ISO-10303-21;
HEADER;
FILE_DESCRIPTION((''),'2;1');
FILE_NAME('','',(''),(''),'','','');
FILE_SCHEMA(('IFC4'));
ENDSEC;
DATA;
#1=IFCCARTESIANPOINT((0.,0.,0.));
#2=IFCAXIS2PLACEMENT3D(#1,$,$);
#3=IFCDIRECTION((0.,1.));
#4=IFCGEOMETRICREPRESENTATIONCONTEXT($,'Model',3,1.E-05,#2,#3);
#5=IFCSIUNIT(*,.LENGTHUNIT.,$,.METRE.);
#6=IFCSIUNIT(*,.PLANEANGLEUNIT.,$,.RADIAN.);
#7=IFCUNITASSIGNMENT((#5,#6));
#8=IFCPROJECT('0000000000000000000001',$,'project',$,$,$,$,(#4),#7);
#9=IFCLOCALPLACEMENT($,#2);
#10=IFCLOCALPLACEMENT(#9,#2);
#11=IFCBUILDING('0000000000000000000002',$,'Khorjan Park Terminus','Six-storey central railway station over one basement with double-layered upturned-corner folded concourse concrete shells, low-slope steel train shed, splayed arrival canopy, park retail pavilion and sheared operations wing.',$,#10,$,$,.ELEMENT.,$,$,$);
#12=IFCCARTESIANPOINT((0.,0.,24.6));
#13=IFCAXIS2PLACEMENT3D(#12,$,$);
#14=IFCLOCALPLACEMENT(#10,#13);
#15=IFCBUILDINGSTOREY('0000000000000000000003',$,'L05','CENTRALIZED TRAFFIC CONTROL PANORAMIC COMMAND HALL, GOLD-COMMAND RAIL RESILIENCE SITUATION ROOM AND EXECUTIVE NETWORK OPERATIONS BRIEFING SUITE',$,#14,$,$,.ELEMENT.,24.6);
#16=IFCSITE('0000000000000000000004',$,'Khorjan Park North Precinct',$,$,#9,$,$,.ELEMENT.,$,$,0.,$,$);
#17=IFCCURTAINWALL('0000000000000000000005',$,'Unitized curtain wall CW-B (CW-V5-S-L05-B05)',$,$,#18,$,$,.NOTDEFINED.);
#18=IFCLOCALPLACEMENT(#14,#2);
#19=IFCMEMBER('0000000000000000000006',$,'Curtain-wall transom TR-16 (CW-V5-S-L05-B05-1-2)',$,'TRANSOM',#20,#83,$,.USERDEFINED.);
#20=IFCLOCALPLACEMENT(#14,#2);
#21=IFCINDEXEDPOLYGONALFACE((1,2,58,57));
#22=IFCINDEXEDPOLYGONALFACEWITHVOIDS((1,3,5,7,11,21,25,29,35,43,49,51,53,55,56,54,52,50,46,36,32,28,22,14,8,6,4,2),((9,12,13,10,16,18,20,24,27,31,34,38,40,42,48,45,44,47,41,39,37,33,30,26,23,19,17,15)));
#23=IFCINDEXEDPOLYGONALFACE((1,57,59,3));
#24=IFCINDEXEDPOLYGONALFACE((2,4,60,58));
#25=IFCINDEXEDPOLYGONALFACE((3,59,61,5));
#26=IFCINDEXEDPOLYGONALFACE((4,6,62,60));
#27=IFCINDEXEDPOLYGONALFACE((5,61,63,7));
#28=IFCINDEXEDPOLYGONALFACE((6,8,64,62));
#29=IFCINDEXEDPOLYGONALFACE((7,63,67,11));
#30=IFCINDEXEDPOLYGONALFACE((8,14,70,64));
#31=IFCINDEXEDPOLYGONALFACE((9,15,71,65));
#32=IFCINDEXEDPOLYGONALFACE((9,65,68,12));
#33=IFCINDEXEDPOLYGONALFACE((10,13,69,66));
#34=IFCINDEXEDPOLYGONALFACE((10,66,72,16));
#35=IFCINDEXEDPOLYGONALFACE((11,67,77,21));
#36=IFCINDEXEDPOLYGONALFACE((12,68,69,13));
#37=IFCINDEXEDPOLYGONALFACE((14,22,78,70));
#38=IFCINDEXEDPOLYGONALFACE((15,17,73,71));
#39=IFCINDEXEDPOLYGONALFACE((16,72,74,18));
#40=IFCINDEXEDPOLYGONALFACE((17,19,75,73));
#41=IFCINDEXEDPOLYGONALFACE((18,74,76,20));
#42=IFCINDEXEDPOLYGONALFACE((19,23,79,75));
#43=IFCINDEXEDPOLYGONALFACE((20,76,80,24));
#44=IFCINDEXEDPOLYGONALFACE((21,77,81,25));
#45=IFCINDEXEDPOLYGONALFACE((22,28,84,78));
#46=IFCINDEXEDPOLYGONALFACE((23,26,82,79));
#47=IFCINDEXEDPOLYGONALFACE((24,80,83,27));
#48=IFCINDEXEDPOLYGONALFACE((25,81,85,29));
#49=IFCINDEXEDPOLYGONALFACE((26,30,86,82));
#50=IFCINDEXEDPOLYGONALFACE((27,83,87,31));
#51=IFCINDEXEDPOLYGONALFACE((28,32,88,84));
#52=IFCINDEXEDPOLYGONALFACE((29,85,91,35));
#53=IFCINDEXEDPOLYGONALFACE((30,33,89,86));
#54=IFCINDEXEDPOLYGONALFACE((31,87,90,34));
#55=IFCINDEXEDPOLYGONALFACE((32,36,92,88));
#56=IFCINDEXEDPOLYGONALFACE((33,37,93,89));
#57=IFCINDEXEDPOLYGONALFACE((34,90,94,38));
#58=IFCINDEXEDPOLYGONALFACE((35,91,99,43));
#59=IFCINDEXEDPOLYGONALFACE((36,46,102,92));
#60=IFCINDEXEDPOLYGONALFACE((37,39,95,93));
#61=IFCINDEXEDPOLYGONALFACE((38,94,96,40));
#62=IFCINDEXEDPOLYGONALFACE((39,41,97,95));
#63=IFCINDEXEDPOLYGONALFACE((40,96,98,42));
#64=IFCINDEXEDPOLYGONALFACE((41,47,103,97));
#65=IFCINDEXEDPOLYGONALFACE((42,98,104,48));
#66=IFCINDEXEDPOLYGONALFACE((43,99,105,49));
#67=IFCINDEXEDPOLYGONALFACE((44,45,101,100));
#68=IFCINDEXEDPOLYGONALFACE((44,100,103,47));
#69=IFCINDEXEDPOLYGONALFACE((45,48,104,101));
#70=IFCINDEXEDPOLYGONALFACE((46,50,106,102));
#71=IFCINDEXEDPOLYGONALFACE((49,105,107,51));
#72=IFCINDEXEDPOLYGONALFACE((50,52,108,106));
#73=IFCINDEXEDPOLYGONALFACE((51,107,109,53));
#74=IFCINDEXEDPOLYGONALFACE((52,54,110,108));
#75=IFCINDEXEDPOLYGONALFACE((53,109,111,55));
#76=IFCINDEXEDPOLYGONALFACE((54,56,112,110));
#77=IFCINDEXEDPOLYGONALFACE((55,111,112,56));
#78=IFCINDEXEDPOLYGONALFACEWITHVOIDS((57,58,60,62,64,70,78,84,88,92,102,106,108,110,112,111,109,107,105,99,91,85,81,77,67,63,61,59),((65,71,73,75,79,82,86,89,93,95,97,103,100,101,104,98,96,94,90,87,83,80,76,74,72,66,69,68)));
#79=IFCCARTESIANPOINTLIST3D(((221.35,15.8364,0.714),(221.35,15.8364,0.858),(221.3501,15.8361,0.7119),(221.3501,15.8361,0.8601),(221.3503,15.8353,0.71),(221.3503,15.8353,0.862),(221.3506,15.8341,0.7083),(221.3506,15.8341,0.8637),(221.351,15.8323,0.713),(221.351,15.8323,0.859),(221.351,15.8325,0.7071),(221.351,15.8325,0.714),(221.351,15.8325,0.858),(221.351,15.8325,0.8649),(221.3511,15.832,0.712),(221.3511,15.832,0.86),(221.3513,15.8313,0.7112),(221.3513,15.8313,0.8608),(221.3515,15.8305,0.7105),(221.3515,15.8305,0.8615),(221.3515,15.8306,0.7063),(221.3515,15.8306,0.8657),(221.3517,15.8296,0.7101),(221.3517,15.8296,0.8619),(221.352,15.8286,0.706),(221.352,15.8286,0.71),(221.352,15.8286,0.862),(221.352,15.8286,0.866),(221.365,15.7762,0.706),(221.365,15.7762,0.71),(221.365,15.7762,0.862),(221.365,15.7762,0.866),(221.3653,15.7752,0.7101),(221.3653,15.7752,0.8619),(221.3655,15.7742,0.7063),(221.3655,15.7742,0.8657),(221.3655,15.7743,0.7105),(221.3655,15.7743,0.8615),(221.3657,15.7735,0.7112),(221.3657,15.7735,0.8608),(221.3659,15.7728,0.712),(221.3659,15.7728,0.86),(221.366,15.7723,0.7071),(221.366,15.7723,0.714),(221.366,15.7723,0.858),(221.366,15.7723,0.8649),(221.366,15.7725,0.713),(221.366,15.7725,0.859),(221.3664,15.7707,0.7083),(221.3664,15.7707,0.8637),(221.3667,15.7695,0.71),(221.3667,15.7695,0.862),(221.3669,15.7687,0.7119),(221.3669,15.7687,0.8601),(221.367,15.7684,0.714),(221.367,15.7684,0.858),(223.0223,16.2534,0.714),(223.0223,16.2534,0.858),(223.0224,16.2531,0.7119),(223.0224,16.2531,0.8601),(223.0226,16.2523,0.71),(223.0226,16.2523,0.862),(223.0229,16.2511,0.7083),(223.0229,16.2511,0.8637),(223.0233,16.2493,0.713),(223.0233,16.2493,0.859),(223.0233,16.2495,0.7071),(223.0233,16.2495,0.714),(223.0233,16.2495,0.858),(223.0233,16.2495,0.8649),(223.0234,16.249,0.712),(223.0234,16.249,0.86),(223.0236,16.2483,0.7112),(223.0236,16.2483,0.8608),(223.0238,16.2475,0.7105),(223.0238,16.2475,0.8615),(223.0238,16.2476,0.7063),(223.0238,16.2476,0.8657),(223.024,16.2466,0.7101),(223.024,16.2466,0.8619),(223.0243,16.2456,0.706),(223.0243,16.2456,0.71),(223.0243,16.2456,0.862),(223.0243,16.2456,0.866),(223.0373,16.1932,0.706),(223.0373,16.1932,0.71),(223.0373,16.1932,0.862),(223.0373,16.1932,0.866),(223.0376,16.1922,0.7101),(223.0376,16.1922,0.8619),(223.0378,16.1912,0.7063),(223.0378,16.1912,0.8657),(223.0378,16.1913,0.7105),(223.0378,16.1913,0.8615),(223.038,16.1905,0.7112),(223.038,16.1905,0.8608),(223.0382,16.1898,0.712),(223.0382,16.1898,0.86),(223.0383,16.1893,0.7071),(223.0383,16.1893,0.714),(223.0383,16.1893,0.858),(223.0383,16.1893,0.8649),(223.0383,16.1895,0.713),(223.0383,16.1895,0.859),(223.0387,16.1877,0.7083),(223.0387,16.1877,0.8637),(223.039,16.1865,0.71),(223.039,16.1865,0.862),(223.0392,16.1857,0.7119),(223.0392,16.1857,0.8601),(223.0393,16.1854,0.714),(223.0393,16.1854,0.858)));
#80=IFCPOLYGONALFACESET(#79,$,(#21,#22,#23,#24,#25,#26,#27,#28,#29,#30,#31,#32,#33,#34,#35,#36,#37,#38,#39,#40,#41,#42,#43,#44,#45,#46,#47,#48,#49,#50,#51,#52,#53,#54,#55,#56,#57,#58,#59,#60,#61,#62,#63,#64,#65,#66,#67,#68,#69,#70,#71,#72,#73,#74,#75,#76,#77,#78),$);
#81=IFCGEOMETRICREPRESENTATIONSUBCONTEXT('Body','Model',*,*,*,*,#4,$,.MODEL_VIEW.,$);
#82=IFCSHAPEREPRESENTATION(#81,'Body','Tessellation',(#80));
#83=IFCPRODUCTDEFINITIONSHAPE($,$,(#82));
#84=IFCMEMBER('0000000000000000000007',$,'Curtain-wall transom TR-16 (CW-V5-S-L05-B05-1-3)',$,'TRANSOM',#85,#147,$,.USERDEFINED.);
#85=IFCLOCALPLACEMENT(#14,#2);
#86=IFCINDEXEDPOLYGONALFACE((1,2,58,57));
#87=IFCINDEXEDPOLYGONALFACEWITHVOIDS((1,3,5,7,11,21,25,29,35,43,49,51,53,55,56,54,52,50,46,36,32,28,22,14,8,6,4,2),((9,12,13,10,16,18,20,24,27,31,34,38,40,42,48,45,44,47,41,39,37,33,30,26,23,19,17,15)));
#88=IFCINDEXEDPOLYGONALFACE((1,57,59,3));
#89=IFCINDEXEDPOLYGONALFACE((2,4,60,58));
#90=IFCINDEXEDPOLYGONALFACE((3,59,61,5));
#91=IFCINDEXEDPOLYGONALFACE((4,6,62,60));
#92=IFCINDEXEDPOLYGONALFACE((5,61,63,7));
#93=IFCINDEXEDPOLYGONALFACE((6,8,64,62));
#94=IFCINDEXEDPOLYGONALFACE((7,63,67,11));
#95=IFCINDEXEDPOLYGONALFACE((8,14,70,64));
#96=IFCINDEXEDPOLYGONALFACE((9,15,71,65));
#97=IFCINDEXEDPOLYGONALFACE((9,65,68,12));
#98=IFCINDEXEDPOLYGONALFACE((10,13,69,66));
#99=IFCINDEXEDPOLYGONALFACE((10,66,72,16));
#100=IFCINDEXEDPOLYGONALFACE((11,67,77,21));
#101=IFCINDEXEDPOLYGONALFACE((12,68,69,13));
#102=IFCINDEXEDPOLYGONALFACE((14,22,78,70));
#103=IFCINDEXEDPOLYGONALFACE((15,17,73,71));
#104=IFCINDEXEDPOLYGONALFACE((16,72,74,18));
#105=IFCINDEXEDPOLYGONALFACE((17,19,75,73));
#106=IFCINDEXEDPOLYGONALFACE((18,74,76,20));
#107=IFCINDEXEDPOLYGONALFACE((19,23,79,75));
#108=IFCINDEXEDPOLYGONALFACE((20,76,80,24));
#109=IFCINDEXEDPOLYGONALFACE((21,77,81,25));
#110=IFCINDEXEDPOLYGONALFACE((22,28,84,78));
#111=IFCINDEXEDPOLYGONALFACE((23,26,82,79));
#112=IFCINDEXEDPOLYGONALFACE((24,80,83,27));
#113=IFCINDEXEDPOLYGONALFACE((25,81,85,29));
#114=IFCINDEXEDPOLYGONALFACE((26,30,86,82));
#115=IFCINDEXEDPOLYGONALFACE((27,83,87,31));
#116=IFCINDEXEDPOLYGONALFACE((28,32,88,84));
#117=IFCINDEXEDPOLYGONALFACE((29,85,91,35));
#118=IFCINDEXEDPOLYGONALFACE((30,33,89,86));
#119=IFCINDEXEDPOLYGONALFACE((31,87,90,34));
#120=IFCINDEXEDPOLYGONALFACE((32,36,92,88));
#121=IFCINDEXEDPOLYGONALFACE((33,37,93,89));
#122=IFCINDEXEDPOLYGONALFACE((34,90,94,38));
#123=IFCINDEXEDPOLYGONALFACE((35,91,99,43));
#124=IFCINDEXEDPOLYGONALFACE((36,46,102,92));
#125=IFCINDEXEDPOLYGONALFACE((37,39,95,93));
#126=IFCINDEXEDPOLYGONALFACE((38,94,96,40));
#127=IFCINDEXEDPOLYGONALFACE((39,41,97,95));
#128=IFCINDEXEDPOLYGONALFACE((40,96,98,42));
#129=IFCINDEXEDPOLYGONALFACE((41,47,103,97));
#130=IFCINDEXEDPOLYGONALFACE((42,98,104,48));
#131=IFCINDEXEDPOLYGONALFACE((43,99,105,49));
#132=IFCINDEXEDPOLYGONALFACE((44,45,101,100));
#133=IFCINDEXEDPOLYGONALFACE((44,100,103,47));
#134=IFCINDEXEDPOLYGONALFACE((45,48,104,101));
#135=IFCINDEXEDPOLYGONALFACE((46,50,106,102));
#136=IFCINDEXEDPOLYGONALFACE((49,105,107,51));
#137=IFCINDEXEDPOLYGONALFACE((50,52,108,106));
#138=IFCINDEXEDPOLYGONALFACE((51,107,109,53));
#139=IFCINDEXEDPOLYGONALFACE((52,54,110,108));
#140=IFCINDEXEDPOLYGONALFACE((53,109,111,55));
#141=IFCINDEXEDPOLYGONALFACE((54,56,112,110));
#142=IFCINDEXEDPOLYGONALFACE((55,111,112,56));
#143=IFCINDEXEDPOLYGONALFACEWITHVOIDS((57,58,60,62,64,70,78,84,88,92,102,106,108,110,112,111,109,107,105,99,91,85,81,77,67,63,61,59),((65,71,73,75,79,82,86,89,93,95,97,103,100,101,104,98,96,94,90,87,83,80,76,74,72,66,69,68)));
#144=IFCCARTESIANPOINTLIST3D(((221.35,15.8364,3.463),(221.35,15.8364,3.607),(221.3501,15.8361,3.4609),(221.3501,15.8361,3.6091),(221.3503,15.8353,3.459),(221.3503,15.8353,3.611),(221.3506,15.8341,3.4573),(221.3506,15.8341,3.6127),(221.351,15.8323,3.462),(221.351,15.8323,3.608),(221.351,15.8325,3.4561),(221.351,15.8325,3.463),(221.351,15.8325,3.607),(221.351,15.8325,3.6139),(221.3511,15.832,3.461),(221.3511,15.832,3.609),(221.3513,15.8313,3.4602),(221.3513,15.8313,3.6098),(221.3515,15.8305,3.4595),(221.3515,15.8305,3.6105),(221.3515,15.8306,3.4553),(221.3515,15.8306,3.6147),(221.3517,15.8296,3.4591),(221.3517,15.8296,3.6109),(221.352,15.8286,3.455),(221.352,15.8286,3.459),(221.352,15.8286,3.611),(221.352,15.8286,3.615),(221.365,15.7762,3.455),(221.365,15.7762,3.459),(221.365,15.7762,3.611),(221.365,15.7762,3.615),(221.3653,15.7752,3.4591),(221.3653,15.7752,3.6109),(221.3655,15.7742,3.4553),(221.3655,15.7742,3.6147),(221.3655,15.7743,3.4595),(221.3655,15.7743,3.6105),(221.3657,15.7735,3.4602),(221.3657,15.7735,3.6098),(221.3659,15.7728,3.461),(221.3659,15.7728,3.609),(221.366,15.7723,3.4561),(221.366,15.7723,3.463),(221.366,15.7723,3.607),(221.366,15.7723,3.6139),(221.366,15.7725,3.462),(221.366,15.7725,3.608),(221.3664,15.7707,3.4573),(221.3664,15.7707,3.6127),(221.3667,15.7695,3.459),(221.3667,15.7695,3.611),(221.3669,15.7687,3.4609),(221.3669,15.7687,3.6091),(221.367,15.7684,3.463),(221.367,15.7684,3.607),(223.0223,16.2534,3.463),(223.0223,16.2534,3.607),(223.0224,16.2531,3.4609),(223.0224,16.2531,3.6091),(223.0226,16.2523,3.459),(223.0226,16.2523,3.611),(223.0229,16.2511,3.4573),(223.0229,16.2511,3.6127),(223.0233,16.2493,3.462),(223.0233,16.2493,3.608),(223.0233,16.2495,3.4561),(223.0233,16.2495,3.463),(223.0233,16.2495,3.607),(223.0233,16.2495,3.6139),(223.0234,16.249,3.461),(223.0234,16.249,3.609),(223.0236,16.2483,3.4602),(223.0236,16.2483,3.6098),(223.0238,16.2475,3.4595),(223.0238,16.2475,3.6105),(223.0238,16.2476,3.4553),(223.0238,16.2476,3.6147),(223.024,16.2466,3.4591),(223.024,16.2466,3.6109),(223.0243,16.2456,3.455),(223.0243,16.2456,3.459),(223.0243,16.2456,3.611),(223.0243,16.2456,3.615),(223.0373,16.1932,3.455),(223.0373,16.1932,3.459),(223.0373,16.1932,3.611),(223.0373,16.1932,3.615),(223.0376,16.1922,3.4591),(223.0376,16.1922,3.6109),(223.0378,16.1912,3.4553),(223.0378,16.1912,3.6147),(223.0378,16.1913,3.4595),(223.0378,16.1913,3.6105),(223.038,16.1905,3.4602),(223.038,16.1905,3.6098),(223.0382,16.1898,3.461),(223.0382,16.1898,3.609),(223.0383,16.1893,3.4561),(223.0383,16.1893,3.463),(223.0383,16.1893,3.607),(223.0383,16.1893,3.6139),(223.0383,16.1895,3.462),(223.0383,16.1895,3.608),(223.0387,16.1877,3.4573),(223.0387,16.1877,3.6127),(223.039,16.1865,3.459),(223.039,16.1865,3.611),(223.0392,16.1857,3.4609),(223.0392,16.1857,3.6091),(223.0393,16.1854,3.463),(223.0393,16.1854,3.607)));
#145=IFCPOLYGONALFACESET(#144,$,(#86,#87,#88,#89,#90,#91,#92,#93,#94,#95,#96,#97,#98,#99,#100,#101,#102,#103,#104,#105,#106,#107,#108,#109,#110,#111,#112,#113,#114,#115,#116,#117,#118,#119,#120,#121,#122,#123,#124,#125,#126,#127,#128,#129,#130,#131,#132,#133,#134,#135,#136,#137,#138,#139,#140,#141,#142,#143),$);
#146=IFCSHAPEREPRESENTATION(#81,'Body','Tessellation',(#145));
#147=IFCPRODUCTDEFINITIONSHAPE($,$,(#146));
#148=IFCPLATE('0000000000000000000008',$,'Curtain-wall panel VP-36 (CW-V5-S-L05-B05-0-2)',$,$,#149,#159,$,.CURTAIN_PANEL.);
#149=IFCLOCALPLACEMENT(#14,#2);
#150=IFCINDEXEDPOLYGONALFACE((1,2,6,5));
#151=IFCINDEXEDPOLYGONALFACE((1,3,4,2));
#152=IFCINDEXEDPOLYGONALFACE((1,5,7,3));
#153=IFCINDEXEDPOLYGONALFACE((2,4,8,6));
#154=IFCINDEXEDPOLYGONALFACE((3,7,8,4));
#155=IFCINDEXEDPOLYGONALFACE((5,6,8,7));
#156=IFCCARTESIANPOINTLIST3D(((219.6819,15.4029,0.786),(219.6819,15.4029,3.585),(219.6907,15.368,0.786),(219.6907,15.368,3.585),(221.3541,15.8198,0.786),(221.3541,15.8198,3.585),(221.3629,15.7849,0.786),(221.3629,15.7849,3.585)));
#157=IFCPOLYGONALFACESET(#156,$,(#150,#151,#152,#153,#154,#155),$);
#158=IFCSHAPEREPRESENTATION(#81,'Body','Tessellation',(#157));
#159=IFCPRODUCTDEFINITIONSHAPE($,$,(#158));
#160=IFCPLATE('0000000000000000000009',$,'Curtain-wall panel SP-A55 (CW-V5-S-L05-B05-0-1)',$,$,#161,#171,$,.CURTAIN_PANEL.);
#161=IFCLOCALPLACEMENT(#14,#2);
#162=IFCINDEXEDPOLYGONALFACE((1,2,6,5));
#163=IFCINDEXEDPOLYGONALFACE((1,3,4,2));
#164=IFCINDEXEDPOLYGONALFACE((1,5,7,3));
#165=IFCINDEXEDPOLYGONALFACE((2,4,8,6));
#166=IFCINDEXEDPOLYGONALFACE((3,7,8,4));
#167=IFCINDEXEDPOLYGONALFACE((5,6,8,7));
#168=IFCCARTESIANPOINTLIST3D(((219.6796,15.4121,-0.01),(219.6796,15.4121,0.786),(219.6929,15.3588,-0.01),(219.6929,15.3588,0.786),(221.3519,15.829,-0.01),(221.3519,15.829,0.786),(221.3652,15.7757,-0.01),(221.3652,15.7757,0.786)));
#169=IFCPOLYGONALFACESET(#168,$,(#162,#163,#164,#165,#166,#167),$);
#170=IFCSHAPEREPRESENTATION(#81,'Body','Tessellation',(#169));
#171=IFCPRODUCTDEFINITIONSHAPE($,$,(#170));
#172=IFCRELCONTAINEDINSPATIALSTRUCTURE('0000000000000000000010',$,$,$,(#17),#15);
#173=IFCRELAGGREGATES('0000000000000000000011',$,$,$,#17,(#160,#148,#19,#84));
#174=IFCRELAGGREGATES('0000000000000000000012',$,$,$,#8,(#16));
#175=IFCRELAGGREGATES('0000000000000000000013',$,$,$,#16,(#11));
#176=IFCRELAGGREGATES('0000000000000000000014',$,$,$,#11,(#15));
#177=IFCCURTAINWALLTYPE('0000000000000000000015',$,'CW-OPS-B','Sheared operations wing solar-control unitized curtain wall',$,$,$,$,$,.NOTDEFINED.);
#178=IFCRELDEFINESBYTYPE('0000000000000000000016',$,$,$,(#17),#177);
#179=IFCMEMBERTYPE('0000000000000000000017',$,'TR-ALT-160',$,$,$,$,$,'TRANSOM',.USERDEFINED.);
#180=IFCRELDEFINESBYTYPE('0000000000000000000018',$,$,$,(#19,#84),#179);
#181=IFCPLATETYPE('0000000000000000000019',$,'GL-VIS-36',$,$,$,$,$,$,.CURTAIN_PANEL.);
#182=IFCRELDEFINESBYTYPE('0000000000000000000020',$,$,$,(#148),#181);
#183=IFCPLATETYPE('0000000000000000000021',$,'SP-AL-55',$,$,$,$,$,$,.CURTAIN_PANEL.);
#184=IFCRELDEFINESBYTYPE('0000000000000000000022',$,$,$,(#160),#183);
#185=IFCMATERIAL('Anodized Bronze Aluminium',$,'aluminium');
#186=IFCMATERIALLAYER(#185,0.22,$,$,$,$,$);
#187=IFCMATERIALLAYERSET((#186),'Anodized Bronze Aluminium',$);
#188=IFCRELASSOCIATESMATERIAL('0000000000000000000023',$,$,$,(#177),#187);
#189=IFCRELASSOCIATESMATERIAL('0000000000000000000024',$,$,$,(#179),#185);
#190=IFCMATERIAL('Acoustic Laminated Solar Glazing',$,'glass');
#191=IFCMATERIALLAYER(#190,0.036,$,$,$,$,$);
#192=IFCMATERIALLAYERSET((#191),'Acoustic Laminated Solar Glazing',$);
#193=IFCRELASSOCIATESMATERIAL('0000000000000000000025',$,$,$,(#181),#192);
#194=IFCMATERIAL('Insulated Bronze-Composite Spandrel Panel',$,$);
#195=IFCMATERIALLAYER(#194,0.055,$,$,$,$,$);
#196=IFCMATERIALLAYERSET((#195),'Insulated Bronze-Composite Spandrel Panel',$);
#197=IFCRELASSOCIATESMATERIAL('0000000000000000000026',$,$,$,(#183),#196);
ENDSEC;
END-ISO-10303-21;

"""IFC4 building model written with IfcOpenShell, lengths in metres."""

from ifc_helpers import new_model, si_unit, direction, frame, origin, origin_2d, place, context, subcontext, project, spatial, rectangle, hollow_rectangle, extrude, material, layer, layer_set, material_profile, profile_set, type_object, element, aggregate, save


model = new_model("IFC4")

# Units and contexts
model_context = context("Model", 3, precision=1e-05, world=origin(), true_north=direction((0.0, 1.0)))
body_context = subcontext(model_context, "Body", "Model", "MODEL_VIEW")
ifc_project = project(units=[si_unit("LENGTHUNIT", "METRE"), si_unit("PLANEANGLEUNIT", "RADIAN")], contexts=[model_context])

# Site, building, storey
site_placement = place(None, origin())
site = spatial("IfcSite", under=ifc_project, at=site_placement, Name="Khorjan Park North Precinct", CompositionType="ELEMENT", RefElevation=0.0)
building_placement = place(site_placement, origin())
building = spatial("IfcBuilding", under=site, at=building_placement, Name="Khorjan Park Terminus", Description="Six-storey central railway station over one basement with double-layered upturned-corner folded concourse concrete shells, low-slope steel train shed, splayed arrival canopy, park retail pavilion and sheared operations wing.", CompositionType="ELEMENT")
storey_placement = place(building_placement, frame((0.0, 0.0, 24.6)))
storey = spatial("IfcBuildingStorey", under=building, at=storey_placement, Name="L05", Description="CENTRALIZED TRAFFIC CONTROL PANORAMIC COMMAND HALL, GOLD-COMMAND RAIL RESILIENCE SITUATION ROOM AND EXECUTIVE NETWORK OPERATIONS BRIEFING SUITE", CompositionType="ELEMENT", Elevation=24.6)

# Curtain wall, members, plates
ifc_material_1 = material(Name="Anodized Bronze Aluminium", Category="aluminium")
ifc_layer_1 = layer(ifc_material_1, 0.22)
ifc_layer_set_1 = layer_set([ifc_layer_1], Name="Anodized Bronze Aluminium")
curtain_wall_type = type_object("IfcCurtainWallType", Name="CW-OPS-B", Description="Sheared operations wing solar-control unitized curtain wall", PredefinedType="NOTDEFINED", material=ifc_layer_set_1)
curtain_wall_placement = place(storey_placement, origin())
curtain_wall = element("IfcCurtainWall", 1, at=curtain_wall_placement, inside=storey, type_object=curtain_wall_type, Name="Unitized curtain wall CW-B (CW-V5-S-L05-B05)", PredefinedType="NOTDEFINED")
ifc_material_profile_1 = material_profile(ifc_material_1, hollow_rectangle(XDim=0.07, YDim=0.16, WallThickness=0.004, InnerFilletRadius=0.004, OuterFilletRadius=0.008, at=origin_2d()), Name="ALT 70x160x4")
ifc_profile_set_1 = profile_set([ifc_material_profile_1], Name="Anodized Bronze Aluminium")
member_type_1 = type_object("IfcMemberType", Name="TR-ALT-160", ElementType="TRANSOM", PredefinedType="USERDEFINED", material=ifc_profile_set_1)
member_1_placement = place(storey_placement, frame((221.3585, 15.8024, 0.786), z_axis=(0.970289, 0.241949, 0.0), x_axis=(-0.241949, 0.970289, 0.0)))
member_1 = element("IfcMember", 2, at=member_1_placement, type_object=member_type_1, Name="Curtain-wall transom TR-16 (CW-V5-S-L05-B05-1-2)", ObjectType="TRANSOM", PredefinedType="USERDEFINED", context=body_context, shape_type="SweptSolid", body=[
    extrude(hollow_rectangle(XDim=0.07, YDim=0.16, WallThickness=0.004, InnerFilletRadius=0.004, OuterFilletRadius=0.008, at=origin_2d()), origin(), (0.0, 0.0, 1.0), 1.7235),
])
member_2_placement = place(storey_placement, frame((221.3585, 15.8024, 3.535), z_axis=(0.970289, 0.241949, 0.0), x_axis=(-0.241949, 0.970289, 0.0)))
member_2 = element("IfcMember", 3, at=member_2_placement, type_object=member_type_1, Name="Curtain-wall transom TR-16 (CW-V5-S-L05-B05-1-3)", ObjectType="TRANSOM", PredefinedType="USERDEFINED", context=body_context, shape_type="SweptSolid", body=[
    extrude(hollow_rectangle(XDim=0.07, YDim=0.16, WallThickness=0.004, InnerFilletRadius=0.004, OuterFilletRadius=0.008, at=origin_2d()), origin(), (0.0, 0.0, 1.0), 1.7235),
])
ifc_material_2 = material(Name="Acoustic Laminated Solar Glazing", Category="glass")
ifc_layer_2 = layer(ifc_material_2, 0.036)
ifc_layer_set_2 = layer_set([ifc_layer_2], Name="Acoustic Laminated Solar Glazing")
plate_type_1 = type_object("IfcPlateType", Name="GL-VIS-36", PredefinedType="CURTAIN_PANEL", material=ifc_layer_set_2)
plate_1_placement = place(storey_placement, frame((220.5224, 15.5939, 0.786), z_axis=(0.0, 0.0, 1.0), x_axis=(0.970296, 0.241919, 0.0)))
plate_1 = element("IfcPlate", 4, at=plate_1_placement, type_object=plate_type_1, Name="Curtain-wall panel VP-36 (CW-V5-S-L05-B05-0-2)", PredefinedType="CURTAIN_PANEL", context=body_context, shape_type="SweptSolid", body=[
    extrude(rectangle(XDim=1.7234, YDim=0.036, at=origin_2d()), origin(), (0.0, 0.0, 1.0), 2.799),
])
ifc_material_3 = material(Name="Insulated Bronze-Composite Spandrel Panel")
ifc_layer_3 = layer(ifc_material_3, 0.055)
ifc_layer_set_3 = layer_set([ifc_layer_3], Name="Insulated Bronze-Composite Spandrel Panel")
plate_type_2 = type_object("IfcPlateType", Name="SP-AL-55", PredefinedType="CURTAIN_PANEL", material=ifc_layer_set_3)
plate_2_placement = place(storey_placement, frame((220.5224, 15.5939, -0.01), z_axis=(0.0, 0.0, 1.0), x_axis=(0.970296, 0.241919, 0.0)))
plate_2 = element("IfcPlate", 5, at=plate_2_placement, type_object=plate_type_2, Name="Curtain-wall panel SP-A55 (CW-V5-S-L05-B05-0-1)", PredefinedType="CURTAIN_PANEL", context=body_context, shape_type="SweptSolid", body=[
    extrude(rectangle(XDim=1.7234, YDim=0.055, at=origin_2d()), origin(), (0.0, 0.0, 1.0), 0.796),
])
aggregate(curtain_wall, [plate_2, plate_1, member_1, member_2])

save(model, "model.ifc")
